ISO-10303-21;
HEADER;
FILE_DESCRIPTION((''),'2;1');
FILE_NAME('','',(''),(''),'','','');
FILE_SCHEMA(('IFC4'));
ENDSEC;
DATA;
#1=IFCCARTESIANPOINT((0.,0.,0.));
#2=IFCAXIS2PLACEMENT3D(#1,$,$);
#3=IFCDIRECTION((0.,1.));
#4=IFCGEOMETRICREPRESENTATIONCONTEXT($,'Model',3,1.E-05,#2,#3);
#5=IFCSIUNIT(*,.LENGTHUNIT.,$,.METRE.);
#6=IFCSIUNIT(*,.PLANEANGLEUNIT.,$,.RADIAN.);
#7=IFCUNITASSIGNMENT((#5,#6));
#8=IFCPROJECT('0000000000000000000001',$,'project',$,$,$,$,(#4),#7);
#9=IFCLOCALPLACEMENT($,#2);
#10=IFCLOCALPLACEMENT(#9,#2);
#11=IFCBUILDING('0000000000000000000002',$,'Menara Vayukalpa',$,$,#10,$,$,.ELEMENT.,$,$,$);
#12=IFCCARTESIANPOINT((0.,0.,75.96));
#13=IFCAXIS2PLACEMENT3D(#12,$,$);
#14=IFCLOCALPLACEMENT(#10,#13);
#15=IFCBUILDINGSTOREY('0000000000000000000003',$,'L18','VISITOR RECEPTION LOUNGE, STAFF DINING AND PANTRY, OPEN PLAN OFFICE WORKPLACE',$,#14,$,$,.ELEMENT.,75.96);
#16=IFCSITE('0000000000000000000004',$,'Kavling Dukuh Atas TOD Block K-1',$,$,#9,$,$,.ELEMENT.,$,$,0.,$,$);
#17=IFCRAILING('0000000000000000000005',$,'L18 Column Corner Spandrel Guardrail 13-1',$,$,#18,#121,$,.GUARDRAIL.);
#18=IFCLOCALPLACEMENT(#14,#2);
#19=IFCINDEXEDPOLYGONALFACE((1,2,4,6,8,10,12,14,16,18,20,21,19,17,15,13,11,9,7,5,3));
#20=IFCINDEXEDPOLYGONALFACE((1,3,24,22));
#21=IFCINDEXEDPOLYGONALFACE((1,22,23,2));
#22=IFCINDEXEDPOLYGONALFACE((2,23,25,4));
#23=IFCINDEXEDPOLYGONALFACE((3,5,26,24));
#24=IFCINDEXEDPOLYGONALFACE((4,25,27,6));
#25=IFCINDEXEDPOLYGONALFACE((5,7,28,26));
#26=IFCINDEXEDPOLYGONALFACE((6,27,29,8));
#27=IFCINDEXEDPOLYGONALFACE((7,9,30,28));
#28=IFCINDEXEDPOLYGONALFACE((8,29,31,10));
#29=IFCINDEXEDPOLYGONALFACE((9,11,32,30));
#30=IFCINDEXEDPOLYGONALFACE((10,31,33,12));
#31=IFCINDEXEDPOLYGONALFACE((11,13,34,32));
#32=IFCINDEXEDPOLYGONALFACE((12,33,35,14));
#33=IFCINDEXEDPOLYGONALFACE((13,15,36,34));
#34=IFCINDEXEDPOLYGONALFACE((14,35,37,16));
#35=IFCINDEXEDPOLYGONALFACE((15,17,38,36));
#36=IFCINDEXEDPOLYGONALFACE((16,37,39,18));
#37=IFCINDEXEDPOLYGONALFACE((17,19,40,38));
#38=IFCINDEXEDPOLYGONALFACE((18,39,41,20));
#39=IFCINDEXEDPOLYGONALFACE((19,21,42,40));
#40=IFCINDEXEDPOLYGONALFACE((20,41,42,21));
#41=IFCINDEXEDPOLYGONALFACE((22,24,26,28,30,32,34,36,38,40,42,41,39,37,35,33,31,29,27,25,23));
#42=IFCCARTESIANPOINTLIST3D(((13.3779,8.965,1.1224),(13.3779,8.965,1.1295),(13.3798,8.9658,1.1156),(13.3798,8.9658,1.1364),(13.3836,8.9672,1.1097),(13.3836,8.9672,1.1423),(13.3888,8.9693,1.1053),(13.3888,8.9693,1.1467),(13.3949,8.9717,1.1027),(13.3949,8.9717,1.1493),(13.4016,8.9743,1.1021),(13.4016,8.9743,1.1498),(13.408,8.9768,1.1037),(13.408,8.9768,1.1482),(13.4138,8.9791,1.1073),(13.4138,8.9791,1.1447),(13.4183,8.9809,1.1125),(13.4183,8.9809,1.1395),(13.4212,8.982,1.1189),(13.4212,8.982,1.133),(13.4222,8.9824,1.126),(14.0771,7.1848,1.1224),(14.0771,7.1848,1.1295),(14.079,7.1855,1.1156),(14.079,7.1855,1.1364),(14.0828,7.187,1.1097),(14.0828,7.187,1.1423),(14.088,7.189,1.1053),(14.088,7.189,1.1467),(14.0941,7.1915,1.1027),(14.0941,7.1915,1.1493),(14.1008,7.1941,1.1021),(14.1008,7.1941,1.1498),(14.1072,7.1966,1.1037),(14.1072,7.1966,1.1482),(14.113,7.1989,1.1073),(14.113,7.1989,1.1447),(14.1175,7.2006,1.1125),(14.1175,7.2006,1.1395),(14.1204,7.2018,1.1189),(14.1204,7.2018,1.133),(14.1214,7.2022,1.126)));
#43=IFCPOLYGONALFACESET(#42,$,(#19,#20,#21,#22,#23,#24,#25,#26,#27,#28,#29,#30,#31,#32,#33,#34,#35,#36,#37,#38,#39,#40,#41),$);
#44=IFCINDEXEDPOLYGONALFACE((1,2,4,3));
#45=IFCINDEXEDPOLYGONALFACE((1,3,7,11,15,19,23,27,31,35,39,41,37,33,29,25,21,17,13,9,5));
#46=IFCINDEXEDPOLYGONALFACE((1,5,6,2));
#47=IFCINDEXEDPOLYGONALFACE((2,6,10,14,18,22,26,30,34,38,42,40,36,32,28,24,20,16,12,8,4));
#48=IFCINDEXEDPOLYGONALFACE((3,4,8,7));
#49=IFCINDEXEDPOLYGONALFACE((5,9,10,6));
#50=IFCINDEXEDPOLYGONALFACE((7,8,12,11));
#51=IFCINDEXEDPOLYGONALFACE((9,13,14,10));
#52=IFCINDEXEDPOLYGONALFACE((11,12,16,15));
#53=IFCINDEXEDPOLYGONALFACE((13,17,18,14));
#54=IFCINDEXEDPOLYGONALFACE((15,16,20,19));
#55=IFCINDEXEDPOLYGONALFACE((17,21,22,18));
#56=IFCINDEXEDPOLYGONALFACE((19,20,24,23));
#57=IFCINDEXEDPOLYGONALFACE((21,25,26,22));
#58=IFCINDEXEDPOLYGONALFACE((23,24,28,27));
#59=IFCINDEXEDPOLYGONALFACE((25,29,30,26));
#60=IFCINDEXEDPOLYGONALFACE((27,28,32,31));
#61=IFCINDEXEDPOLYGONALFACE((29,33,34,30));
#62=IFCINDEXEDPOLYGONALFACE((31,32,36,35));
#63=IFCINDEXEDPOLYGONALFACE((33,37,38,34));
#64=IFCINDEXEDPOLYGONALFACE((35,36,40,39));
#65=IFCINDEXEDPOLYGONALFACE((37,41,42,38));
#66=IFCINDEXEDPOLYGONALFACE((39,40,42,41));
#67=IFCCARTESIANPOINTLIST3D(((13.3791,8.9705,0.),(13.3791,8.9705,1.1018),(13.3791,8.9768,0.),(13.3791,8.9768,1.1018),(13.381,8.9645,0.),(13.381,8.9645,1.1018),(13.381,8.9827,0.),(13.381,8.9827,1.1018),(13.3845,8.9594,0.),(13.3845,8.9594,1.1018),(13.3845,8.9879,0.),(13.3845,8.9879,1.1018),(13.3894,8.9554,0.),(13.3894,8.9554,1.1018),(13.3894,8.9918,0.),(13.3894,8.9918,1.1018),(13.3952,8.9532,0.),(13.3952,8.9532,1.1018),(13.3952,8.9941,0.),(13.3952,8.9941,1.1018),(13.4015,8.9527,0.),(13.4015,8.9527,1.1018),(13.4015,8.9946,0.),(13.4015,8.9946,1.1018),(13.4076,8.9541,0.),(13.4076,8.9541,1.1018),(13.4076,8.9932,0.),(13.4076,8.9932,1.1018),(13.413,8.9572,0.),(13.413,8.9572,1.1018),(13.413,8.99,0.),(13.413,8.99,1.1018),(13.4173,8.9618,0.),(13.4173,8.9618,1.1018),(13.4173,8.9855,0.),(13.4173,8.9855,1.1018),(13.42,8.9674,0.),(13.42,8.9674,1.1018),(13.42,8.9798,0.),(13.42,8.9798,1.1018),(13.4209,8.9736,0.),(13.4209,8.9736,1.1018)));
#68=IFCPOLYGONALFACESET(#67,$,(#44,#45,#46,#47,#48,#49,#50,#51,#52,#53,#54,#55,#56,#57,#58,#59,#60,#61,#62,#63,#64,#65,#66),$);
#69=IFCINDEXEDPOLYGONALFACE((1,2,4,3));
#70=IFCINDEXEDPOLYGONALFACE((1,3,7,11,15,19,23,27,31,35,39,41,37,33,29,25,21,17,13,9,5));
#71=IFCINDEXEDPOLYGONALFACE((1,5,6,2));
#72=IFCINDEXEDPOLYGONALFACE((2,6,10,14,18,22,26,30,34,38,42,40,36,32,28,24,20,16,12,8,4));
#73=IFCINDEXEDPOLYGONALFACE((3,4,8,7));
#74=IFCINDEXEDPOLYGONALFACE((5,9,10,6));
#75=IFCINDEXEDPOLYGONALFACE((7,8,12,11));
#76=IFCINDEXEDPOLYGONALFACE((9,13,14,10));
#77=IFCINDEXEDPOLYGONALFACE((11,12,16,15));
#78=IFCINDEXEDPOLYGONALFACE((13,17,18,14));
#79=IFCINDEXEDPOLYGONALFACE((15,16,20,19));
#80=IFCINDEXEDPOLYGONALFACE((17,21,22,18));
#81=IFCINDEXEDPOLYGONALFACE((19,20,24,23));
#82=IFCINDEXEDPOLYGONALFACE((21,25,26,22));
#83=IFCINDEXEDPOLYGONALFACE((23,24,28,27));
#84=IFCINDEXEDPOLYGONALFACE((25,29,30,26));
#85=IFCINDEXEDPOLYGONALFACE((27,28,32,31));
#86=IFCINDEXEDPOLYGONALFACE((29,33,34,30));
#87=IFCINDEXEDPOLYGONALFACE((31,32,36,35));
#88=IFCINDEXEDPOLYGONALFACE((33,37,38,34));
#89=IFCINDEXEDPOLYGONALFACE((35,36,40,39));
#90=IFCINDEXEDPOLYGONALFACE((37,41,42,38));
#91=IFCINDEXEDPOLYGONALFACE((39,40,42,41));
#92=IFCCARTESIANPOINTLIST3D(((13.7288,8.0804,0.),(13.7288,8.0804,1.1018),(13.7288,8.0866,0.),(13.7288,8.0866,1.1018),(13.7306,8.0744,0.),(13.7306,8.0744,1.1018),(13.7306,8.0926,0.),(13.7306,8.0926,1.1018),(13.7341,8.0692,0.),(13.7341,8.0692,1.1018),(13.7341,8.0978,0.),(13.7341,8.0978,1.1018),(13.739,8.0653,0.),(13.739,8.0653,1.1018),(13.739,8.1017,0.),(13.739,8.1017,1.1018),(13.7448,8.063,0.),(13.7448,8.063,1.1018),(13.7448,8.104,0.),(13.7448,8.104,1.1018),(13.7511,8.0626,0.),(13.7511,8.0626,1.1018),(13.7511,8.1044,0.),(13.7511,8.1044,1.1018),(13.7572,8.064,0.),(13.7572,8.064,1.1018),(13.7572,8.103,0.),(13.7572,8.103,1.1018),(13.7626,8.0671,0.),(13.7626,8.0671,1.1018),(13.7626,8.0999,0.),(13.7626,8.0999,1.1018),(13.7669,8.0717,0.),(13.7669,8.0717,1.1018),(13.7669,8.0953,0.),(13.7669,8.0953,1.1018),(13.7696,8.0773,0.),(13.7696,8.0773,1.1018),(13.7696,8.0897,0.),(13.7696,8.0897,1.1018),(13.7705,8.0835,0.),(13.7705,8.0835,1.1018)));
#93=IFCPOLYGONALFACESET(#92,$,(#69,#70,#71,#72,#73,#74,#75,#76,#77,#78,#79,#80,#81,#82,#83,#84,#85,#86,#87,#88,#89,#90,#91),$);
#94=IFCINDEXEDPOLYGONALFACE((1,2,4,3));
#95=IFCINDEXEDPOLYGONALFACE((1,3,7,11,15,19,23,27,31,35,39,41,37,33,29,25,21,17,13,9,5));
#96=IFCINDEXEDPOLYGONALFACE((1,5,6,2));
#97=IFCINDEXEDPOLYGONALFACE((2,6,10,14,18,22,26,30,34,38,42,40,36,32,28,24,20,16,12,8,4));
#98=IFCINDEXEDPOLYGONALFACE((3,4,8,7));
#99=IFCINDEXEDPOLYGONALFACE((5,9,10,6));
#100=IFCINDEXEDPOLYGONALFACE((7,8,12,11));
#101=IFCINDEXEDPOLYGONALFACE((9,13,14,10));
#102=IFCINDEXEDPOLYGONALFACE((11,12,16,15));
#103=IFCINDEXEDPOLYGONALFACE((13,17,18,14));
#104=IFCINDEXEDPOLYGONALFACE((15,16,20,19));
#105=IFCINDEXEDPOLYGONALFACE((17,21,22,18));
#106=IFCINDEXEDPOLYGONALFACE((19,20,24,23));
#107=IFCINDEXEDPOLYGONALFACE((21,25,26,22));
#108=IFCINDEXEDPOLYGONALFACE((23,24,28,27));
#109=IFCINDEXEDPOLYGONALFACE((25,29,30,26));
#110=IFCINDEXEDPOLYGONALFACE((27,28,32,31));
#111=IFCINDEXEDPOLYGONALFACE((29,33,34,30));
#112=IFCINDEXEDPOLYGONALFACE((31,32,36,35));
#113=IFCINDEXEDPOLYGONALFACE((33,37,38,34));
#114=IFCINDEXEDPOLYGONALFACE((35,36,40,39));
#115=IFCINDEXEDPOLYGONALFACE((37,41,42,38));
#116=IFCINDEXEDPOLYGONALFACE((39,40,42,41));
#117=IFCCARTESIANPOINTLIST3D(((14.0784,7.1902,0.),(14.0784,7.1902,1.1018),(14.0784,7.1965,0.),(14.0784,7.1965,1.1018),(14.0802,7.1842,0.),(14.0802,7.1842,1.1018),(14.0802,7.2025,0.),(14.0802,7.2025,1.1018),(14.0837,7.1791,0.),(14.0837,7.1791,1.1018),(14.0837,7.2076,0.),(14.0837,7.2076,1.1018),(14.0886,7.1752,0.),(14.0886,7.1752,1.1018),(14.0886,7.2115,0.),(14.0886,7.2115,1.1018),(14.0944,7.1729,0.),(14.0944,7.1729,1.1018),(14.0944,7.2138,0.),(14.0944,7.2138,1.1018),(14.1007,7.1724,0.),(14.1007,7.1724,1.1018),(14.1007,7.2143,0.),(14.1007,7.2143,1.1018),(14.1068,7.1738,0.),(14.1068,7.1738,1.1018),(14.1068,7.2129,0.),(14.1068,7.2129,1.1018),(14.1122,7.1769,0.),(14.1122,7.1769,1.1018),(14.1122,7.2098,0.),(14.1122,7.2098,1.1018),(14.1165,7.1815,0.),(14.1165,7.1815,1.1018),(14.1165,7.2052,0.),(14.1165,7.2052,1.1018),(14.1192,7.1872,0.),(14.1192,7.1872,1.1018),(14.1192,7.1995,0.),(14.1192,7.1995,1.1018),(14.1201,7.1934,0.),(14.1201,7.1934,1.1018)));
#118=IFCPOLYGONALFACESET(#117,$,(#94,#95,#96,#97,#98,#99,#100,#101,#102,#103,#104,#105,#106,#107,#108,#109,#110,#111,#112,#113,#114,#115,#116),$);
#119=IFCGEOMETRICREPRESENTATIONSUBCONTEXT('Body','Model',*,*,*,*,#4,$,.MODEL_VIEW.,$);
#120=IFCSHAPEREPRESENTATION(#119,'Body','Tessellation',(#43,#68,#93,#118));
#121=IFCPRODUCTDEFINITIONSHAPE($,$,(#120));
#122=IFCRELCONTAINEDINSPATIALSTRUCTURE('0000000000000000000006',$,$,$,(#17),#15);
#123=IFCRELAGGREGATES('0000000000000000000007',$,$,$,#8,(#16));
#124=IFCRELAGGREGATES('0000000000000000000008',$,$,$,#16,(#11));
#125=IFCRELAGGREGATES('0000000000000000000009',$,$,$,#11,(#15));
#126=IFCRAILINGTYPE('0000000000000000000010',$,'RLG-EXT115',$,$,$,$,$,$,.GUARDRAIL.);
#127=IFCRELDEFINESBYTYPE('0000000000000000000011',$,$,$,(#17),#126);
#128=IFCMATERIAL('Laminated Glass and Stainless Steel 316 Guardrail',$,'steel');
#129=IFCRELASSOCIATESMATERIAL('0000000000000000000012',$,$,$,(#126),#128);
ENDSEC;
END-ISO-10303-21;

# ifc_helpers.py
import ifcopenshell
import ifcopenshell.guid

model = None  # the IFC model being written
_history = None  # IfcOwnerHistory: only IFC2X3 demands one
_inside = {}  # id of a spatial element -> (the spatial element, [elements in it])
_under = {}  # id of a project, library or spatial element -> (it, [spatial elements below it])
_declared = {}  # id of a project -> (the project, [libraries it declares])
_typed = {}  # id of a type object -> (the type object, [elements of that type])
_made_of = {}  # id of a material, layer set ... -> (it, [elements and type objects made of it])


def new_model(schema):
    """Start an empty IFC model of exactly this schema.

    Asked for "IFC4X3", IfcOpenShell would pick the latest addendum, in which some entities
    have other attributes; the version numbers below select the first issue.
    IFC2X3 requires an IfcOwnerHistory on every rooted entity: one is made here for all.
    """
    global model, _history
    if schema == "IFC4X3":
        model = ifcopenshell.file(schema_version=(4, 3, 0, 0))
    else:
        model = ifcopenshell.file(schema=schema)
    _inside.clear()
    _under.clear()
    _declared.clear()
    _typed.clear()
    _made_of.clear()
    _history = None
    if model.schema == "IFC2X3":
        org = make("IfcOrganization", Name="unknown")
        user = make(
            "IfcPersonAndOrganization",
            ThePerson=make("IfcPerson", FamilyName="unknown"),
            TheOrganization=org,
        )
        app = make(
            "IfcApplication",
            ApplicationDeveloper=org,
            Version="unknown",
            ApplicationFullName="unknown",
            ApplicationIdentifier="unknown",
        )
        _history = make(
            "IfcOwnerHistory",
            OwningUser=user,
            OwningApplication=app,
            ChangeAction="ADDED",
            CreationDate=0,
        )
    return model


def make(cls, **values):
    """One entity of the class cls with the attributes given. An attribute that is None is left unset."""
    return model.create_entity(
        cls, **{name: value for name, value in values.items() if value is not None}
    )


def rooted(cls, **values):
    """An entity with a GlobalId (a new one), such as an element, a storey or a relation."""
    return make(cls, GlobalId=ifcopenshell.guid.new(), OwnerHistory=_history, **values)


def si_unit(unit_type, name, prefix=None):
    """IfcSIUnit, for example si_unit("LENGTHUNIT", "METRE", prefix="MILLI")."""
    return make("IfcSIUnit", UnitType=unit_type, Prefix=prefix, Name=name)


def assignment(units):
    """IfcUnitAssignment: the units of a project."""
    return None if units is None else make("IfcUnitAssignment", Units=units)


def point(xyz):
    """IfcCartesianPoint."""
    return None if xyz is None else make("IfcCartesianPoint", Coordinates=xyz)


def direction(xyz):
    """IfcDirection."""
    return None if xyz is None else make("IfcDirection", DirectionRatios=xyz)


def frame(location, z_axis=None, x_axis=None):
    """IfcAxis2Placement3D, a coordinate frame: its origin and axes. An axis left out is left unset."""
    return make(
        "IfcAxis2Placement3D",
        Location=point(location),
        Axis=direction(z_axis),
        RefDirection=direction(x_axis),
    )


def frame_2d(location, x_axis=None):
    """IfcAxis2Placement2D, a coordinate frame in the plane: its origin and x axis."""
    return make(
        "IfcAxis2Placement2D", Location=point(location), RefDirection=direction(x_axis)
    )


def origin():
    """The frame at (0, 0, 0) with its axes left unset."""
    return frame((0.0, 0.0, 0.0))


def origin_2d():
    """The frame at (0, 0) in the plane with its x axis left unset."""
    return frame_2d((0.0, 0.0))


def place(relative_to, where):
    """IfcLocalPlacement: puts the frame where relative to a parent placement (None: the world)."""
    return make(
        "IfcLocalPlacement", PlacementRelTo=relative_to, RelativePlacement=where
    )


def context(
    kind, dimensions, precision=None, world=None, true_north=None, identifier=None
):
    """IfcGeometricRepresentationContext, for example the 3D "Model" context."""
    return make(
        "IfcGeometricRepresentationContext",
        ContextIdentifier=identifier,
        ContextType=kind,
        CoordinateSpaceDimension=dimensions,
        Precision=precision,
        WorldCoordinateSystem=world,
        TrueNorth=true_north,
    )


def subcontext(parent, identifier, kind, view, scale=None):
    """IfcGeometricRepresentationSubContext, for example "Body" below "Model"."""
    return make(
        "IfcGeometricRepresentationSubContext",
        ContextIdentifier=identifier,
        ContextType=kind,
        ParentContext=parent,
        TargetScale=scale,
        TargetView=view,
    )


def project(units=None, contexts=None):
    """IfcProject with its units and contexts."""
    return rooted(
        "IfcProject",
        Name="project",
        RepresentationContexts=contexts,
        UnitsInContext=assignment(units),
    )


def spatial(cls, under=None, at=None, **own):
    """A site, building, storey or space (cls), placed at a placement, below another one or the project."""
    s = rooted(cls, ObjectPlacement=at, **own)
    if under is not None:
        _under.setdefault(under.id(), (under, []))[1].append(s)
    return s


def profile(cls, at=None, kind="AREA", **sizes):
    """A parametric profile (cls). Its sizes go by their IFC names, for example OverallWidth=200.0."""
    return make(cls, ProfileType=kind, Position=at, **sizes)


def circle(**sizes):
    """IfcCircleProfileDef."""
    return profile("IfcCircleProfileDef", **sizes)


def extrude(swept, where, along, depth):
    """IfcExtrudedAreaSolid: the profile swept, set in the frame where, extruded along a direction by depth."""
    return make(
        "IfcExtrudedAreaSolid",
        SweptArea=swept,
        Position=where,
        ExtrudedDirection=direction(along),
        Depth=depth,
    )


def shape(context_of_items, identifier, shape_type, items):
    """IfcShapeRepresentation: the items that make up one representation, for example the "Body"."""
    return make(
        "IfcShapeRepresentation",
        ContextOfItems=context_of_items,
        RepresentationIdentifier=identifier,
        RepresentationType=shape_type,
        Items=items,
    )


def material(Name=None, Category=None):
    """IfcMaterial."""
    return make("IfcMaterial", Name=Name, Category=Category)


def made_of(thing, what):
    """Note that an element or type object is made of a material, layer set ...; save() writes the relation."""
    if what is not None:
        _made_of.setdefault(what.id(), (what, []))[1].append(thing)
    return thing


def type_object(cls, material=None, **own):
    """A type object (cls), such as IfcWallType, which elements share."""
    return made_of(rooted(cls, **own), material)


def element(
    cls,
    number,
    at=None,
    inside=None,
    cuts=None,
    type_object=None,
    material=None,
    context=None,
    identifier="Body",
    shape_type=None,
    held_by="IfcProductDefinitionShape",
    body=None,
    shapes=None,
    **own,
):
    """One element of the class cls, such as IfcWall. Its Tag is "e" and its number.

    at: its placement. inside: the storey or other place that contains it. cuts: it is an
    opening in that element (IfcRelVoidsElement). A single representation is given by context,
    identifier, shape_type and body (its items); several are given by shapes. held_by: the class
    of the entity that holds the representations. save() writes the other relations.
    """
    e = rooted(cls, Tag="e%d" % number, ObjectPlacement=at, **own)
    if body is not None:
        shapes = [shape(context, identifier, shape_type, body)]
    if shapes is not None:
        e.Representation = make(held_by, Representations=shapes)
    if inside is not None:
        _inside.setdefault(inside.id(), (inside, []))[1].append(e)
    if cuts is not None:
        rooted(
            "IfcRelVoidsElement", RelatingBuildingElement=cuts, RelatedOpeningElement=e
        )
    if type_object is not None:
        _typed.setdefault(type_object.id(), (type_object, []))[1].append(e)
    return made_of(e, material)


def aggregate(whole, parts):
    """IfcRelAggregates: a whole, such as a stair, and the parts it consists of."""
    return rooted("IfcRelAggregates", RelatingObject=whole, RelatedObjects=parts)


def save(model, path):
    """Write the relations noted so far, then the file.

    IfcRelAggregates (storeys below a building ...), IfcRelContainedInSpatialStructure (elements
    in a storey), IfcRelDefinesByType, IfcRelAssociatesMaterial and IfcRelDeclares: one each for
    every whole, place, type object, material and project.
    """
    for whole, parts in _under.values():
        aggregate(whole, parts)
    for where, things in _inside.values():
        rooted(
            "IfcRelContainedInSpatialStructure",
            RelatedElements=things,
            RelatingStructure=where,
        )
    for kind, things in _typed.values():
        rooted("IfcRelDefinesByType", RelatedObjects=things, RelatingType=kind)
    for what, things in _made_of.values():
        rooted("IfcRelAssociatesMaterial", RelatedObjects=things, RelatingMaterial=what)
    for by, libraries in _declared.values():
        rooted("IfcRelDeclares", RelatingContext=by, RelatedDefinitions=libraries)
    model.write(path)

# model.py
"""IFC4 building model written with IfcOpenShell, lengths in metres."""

from ifc_helpers import new_model, si_unit, direction, frame, origin, origin_2d, place, context, subcontext, project, spatial, circle, extrude, material, type_object, element, save


model = new_model("IFC4")

# Units and contexts
model_context = context("Model", 3, precision=1e-05, world=origin(), true_north=direction((0.0, 1.0)))
body_context = subcontext(model_context, "Body", "Model", "MODEL_VIEW")
ifc_project = project(units=[si_unit("LENGTHUNIT", "METRE"), si_unit("PLANEANGLEUNIT", "RADIAN")], contexts=[model_context])

# Site, building, storey
site_placement = place(None, origin())
site = spatial("IfcSite", under=ifc_project, at=site_placement, Name="Kavling Dukuh Atas TOD Block K-1", CompositionType="ELEMENT", RefElevation=0.0)
building_placement = place(site_placement, origin())
building = spatial("IfcBuilding", under=site, at=building_placement, Name="Menara Vayukalpa", CompositionType="ELEMENT")
storey_placement = place(building_placement, frame((0.0, 0.0, 75.96)))
storey = spatial("IfcBuildingStorey", under=building, at=storey_placement, Name="L18", Description="VISITOR RECEPTION LOUNGE, STAFF DINING AND PANTRY, OPEN PLAN OFFICE WORKPLACE", CompositionType="ELEMENT", Elevation=75.96)

# Railing
ifc_material_1 = material(Name="Laminated Glass and Stainless Steel 316 Guardrail", Category="steel")
railing_type = type_object("IfcRailingType", Name="RLG-EXT115", PredefinedType="GUARDRAIL", material=ifc_material_1)
railing_1_placement = place(storey_placement, frame((13.3999, 8.9736, 0.0)))
element("IfcRailing", 1, at=railing_1_placement, inside=storey, type_object=railing_type, Name="L18 Column Corner Spandrel Guardrail 13-1", PredefinedType="GUARDRAIL", context=body_context, shape_type="SweptSolid", body=[
    extrude(circle(Radius=0.0239, at=origin_2d()), frame((0.0, 0.0, 1.126), z_axis=(0.365573, -0.930783, 0.0), x_axis=(0.930783, 0.365573, 0.0)), (0.0, 0.0, 1.0), 1.9126),
    extrude(circle(Radius=0.021, at=origin_2d()), origin(), (0.0, 0.0, 1.0), 1.1018),
    extrude(circle(Radius=0.021, at=origin_2d()), frame((0.3496, -0.8901, 0.0)), (0.0, 0.0, 1.0), 1.1018),
    extrude(circle(Radius=0.021, at=origin_2d()), frame((0.6992, -1.7803, 0.0)), (0.0, 0.0, 1.0), 1.1018),
])

save(model, "model.ifc")
